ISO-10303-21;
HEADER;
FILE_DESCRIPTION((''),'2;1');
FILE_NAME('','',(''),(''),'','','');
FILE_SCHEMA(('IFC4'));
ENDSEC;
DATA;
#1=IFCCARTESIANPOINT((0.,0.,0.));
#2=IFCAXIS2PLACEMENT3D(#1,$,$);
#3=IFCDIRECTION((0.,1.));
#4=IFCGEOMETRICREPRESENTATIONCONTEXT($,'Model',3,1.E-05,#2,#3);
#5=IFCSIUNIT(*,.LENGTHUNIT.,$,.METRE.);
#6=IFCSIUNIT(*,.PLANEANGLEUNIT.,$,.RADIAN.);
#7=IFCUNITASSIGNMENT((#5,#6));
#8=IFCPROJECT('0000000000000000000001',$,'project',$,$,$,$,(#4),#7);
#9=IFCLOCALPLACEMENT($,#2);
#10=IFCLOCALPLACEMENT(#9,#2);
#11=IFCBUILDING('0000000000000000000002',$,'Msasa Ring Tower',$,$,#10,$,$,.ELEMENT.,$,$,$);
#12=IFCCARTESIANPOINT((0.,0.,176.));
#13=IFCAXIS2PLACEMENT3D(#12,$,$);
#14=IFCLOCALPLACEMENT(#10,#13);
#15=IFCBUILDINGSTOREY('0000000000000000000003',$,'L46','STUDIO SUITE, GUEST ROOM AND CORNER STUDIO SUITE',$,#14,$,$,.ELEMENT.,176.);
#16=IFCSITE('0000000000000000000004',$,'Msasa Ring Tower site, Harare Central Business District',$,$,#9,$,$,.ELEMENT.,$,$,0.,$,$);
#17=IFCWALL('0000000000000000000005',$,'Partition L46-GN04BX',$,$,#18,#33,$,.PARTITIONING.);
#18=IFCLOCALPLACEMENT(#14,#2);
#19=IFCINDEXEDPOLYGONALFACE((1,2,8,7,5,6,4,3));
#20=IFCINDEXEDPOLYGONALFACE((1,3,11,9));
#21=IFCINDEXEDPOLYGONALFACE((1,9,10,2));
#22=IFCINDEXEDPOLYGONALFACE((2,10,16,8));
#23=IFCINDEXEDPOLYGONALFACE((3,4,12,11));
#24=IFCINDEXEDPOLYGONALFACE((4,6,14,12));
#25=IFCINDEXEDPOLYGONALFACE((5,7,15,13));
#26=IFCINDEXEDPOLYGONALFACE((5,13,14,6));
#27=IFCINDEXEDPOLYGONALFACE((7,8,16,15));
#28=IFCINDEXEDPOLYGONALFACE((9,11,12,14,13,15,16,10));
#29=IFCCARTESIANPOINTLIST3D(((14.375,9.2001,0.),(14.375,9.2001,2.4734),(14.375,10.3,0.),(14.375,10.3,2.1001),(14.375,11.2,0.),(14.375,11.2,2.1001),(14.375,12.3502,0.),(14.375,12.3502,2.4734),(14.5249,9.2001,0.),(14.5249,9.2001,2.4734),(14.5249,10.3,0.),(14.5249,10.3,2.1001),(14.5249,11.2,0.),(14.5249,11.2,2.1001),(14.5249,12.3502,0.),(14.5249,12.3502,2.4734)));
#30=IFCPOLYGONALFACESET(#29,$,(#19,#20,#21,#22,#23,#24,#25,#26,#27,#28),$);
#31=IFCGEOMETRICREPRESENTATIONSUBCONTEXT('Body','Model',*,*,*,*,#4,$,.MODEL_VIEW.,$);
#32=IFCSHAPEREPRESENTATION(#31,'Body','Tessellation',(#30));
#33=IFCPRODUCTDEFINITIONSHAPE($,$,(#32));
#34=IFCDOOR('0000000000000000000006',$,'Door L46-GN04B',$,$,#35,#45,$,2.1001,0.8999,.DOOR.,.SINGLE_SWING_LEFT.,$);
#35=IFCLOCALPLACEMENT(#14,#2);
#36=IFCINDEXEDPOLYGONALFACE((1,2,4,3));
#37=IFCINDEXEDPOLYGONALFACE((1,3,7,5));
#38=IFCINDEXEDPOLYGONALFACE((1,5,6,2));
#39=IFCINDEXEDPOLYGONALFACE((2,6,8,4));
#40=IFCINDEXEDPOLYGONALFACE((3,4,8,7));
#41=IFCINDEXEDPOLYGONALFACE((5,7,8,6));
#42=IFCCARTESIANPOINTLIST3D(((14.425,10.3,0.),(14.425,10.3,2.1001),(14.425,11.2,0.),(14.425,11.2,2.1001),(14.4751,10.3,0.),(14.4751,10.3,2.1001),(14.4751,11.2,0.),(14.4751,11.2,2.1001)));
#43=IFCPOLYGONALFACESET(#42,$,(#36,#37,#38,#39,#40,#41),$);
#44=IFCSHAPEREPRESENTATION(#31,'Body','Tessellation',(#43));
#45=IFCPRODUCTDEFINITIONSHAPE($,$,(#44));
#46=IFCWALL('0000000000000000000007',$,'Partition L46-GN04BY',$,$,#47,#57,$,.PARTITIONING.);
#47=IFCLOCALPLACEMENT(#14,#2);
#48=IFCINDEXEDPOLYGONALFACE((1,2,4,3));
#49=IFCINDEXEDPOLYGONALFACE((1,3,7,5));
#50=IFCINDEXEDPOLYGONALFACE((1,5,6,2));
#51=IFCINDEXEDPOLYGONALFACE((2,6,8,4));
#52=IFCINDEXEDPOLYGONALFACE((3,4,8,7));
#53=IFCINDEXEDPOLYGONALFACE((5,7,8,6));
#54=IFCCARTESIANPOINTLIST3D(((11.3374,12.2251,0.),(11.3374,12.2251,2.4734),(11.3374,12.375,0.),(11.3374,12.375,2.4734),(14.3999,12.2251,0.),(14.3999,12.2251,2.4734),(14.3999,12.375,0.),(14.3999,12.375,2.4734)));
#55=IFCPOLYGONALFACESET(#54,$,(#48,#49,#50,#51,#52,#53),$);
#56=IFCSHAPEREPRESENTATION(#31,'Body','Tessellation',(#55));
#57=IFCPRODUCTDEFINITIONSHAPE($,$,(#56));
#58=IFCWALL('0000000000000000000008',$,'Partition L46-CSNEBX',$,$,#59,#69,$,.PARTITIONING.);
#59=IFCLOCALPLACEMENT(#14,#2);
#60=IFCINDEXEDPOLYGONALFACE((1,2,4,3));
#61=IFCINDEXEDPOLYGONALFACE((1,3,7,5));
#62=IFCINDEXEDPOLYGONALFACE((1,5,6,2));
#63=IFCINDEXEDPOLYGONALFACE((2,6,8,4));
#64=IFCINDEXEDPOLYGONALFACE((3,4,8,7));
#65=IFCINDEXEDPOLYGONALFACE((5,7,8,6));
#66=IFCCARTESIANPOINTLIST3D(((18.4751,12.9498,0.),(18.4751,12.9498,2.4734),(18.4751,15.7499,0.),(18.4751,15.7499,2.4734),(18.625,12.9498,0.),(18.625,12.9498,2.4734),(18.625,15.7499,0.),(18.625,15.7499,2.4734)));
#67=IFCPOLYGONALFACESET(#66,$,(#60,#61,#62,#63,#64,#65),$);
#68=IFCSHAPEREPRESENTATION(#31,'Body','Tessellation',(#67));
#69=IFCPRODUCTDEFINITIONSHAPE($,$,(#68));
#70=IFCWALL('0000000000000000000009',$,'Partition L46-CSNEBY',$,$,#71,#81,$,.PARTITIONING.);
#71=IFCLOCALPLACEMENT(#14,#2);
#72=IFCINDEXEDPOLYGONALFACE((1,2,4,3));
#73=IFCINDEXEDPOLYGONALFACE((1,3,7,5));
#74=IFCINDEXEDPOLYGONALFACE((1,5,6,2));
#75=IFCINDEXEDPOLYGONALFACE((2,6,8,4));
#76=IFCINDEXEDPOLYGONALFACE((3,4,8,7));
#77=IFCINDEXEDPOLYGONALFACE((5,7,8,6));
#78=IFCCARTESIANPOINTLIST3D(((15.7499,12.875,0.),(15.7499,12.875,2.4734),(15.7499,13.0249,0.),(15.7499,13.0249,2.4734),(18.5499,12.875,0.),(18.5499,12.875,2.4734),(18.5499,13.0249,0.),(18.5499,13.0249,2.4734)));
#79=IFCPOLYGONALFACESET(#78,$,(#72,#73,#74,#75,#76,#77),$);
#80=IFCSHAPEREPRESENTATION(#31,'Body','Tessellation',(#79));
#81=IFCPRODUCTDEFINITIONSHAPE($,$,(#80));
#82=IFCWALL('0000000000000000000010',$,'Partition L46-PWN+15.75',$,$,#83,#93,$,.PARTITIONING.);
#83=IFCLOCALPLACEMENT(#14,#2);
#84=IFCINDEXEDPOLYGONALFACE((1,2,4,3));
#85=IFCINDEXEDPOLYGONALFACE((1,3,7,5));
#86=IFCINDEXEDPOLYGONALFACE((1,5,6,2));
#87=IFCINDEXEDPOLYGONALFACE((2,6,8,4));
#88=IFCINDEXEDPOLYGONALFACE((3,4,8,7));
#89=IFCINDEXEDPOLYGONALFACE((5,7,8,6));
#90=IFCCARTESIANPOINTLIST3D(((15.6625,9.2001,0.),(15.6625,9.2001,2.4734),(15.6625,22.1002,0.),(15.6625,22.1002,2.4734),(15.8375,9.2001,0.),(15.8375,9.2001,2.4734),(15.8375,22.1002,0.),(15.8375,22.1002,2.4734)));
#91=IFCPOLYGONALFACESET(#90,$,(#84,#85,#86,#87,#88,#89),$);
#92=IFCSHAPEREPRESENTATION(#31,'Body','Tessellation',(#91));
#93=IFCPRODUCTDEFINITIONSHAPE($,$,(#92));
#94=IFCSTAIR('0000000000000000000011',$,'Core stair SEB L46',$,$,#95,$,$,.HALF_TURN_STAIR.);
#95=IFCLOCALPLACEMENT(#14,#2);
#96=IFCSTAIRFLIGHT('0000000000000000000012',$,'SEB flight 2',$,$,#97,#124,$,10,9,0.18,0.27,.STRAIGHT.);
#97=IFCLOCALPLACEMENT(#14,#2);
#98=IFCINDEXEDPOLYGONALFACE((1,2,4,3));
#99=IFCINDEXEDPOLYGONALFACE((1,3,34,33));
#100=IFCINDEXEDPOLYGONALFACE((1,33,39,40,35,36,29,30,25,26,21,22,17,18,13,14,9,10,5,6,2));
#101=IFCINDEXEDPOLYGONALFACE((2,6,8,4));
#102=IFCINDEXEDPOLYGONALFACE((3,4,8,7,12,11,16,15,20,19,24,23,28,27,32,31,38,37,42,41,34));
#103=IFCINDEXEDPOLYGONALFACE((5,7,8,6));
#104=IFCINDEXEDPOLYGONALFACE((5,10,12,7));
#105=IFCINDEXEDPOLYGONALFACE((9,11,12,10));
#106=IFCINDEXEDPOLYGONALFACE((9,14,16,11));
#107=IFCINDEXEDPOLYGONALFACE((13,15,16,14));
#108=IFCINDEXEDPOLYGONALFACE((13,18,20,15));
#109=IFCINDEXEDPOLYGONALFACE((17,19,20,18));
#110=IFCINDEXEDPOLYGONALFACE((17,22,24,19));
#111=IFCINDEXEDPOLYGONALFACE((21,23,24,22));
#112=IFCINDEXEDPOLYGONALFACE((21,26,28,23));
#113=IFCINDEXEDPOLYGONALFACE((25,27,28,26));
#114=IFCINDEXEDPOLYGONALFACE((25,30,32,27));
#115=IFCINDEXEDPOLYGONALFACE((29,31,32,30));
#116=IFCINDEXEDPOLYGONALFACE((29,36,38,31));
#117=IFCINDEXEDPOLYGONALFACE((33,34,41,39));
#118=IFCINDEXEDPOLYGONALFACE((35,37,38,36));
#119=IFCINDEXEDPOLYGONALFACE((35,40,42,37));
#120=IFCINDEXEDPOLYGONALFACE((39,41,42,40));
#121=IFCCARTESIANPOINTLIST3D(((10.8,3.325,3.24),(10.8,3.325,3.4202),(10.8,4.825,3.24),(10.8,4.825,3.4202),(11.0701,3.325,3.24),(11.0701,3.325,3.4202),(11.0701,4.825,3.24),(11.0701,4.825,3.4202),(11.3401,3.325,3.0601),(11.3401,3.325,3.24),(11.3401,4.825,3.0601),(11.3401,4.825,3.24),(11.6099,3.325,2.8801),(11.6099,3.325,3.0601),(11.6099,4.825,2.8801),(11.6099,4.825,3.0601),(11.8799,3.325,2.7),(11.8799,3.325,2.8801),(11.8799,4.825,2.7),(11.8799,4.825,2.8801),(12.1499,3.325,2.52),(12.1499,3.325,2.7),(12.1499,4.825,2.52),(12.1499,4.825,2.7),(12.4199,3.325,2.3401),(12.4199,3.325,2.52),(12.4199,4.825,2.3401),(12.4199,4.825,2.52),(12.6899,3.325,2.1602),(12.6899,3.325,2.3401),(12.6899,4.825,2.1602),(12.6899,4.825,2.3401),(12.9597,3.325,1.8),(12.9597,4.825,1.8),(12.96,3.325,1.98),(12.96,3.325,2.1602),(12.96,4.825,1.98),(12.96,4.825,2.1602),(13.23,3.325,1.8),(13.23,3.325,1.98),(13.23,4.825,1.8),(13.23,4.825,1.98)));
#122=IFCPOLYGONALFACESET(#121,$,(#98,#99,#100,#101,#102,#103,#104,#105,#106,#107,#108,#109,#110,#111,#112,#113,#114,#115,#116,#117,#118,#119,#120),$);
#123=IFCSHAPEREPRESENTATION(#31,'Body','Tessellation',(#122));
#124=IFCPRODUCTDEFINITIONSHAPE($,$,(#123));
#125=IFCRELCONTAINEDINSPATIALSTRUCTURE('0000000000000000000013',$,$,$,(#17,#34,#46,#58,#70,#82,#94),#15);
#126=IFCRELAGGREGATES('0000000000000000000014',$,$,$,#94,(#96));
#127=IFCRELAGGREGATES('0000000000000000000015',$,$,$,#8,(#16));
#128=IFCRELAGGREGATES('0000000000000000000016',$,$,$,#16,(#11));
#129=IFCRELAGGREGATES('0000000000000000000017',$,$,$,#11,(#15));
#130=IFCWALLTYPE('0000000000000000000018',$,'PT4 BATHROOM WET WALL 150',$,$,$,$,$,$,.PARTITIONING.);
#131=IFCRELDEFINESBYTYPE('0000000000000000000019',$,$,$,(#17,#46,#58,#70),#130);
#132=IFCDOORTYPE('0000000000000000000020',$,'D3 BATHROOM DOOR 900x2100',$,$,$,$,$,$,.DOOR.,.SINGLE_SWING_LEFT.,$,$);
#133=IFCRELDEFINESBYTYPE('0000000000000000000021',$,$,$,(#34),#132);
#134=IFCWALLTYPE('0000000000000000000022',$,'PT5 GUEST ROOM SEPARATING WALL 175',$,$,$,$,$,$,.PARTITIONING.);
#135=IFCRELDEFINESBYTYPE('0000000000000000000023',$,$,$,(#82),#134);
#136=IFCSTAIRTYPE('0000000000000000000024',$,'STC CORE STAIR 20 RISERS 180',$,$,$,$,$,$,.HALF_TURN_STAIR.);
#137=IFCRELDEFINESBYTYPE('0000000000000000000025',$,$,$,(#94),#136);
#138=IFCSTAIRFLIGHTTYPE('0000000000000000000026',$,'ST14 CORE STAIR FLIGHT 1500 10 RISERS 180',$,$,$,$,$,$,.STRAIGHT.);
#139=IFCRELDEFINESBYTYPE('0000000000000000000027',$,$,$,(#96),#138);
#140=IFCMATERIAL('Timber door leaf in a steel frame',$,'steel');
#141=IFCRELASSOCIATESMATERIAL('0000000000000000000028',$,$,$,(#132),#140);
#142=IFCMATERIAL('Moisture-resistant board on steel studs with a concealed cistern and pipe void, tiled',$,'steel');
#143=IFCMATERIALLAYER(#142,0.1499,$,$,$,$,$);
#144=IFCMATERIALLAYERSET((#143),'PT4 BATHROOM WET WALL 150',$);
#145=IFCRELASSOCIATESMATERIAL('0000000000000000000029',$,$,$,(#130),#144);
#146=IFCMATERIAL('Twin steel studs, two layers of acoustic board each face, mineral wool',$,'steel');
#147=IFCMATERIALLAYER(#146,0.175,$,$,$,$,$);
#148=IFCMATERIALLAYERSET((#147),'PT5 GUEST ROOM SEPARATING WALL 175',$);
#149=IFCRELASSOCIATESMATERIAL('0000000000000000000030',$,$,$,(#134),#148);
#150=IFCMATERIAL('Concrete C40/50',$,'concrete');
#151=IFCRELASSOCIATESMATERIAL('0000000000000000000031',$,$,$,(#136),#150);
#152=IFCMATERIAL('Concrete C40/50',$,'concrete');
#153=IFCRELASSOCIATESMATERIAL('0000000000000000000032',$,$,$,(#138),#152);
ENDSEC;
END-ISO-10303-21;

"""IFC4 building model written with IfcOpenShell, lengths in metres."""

from ifc_helpers import new_model, si_unit, direction, frame, frame_2d, origin, place, context, subcontext, project, spatial, polyline, rectangle, outline, extrude, material, layer, layer_set, type_object, element, fill, aggregate, save


model = new_model("IFC4")

# Units and contexts
model_context = context("Model", 3, precision=1e-05, world=origin(), true_north=direction((0.0, 1.0)))
body_context = subcontext(model_context, "Body", "Model", "MODEL_VIEW")
ifc_project = project(units=[si_unit("LENGTHUNIT", "METRE"), si_unit("PLANEANGLEUNIT", "RADIAN")], contexts=[model_context])

# Site, building, storey
site_placement = place(None, origin())
site = spatial("IfcSite", under=ifc_project, at=site_placement, Name="Msasa Ring Tower site, Harare Central Business District", CompositionType="ELEMENT", RefElevation=0.0)
building_placement = place(site_placement, origin())
building = spatial("IfcBuilding", under=site, at=building_placement, Name="Msasa Ring Tower", CompositionType="ELEMENT")
storey_placement = place(building_placement, frame((0.0, 0.0, 176.0)))
storey = spatial("IfcBuildingStorey", under=building, at=storey_placement, Name="L46", Description="STUDIO SUITE, GUEST ROOM AND CORNER STUDIO SUITE", CompositionType="ELEMENT", Elevation=176.0)

# Shared definitions
ifc_material_1 = material(Name="Timber door leaf in a steel frame", Category="steel")
door_type_1 = type_object("IfcDoorType", Name="D3 BATHROOM DOOR 900x2100", OperationType="SINGLE_SWING_LEFT", PredefinedType="DOOR", material=ifc_material_1)

# Wall, opening, door
ifc_material_2 = material(Name="Moisture-resistant board on steel studs with a concealed cistern and pipe void, tiled", Category="steel")
ifc_layer_1 = layer(ifc_material_2, 0.1499)
ifc_layer_set_1 = layer_set([ifc_layer_1], Name="PT4 BATHROOM WET WALL 150")
wall_type_1 = type_object("IfcWallType", Name="PT4 BATHROOM WET WALL 150", PredefinedType="PARTITIONING", material=ifc_layer_set_1)
wall_1_placement = place(storey_placement, frame((14.45, 9.2, 0.0), z_axis=(0.0, 0.0, 1.0), x_axis=(0.0, 1.0, 0.0)))
wall_1 = element("IfcWall", 1, at=wall_1_placement, inside=storey, type_object=wall_type_1, Name="Partition L46-GN04BX", PredefinedType="PARTITIONING", context=body_context, shape_type="SweptSolid", body=[
    extrude(rectangle(XDim=3.1501, YDim=0.1499, at=frame_2d((1.5752, 0.0))), origin(), (0.0, 0.0, 1.0), 2.4734),
])
opening_1_placement = place(wall_1_placement, frame((1.1001, 0.0, 0.0)))
opening_1 = element("IfcOpeningElement", 2, at=opening_1_placement, cuts=wall_1, PredefinedType="OPENING", context=body_context, shape_type="SweptSolid", body=[
    extrude(rectangle(XDim=0.8999, YDim=2.1001, at=frame_2d((0.45, 1.05))), frame((0.0, 0.085, 0.0), z_axis=(0.0, -1.0, 0.0), x_axis=(1.0, 0.0, 0.0)), (0.0, 0.0, 1.0), 0.1699),
])
door_1_placement = place(opening_1_placement, origin())
door_1 = element("IfcDoor", 3, at=door_1_placement, inside=storey, type_object=door_type_1, Name="Door L46-GN04B", OperationType="SINGLE_SWING_LEFT", OverallHeight=2.1001, OverallWidth=0.8999, PredefinedType="DOOR", context=body_context, shape_type="SweptSolid", body=[
    extrude(rectangle(XDim=0.8999, YDim=2.1001, at=frame_2d((0.45, 1.05))), frame((0.0, 0.0249, 0.0), z_axis=(0.0, -1.0, 0.0), x_axis=(1.0, 0.0, 0.0)), (0.0, 0.0, 1.0), 0.05),
])
fill(opening_1, door_1)

# Walls
wall_2_placement = place(storey_placement, frame((11.3374, 12.3, 0.0), z_axis=(0.0, 0.0, 1.0), x_axis=(1.0, 0.0, 0.0)))
element("IfcWall", 4, at=wall_2_placement, inside=storey, type_object=wall_type_1, Name="Partition L46-GN04BY", PredefinedType="PARTITIONING", context=body_context, shape_type="SweptSolid", body=[
    extrude(rectangle(XDim=3.0625, YDim=0.1499, at=frame_2d((1.5312, 0.0))), origin(), (0.0, 0.0, 1.0), 2.4734),
])
for number, where, z_axis, x_axis, name in (
    (5, (18.55, 12.95, 0.0), (0.0, 0.0, 1.0), (0.0, 1.0, 0.0), "Partition L46-CSNEBX"),
    (6, (15.75, 12.95, 0.0), (0.0, 0.0, 1.0), (1.0, 0.0, 0.0), "Partition L46-CSNEBY"),
):
    element("IfcWall", number, at=place(storey_placement, frame(where, z_axis=z_axis, x_axis=x_axis)), inside=storey, type_object=wall_type_1, Name=name, PredefinedType="PARTITIONING", context=body_context, shape_type="SweptSolid", body=[
        extrude(rectangle(XDim=2.8, YDim=0.1499, at=frame_2d((1.3999, 0.0))), origin(), (0.0, 0.0, 1.0), 2.4734),
    ])
ifc_material_3 = material(Name="Twin steel studs, two layers of acoustic board each face, mineral wool", Category="steel")
ifc_layer_2 = layer(ifc_material_3, 0.175)
ifc_layer_set_2 = layer_set([ifc_layer_2], Name="PT5 GUEST ROOM SEPARATING WALL 175")
wall_type_2 = type_object("IfcWallType", Name="PT5 GUEST ROOM SEPARATING WALL 175", PredefinedType="PARTITIONING", material=ifc_layer_set_2)
wall_3_placement = place(storey_placement, frame((15.75, 9.2, 0.0), z_axis=(0.0, 0.0, 1.0), x_axis=(0.0, 1.0, 0.0)))
element("IfcWall", 7, at=wall_3_placement, inside=storey, type_object=wall_type_2, Name="Partition L46-PWN+15.75", PredefinedType="PARTITIONING", context=body_context, shape_type="SweptSolid", body=[
    extrude(rectangle(XDim=12.9001, YDim=0.175, at=frame_2d((6.4502, 0.0))), origin(), (0.0, 0.0, 1.0), 2.4734),
])

# Stair, stair flight
ifc_material_4 = material(Name="Concrete C40/50", Category="concrete")
stair_type = type_object("IfcStairType", Name="STC CORE STAIR 20 RISERS 180", PredefinedType="HALF_TURN_STAIR", material=ifc_material_4)
stair_placement = place(storey_placement, origin())
stair = element("IfcStair", 8, at=stair_placement, inside=storey, type_object=stair_type, Name="Core stair SEB L46", PredefinedType="HALF_TURN_STAIR")
ifc_material_5 = material(Name="Concrete C40/50", Category="concrete")
stair_flight_type = type_object("IfcStairFlightType", Name="ST14 CORE STAIR FLIGHT 1500 10 RISERS 180", PredefinedType="STRAIGHT", material=ifc_material_5)
stair_flight_placement = place(storey_placement, frame((13.23, 4.075, 1.8), z_axis=(0.0, 0.0, 1.0), x_axis=(-1.0, 0.0, 0.0)))
stair_flight = element("IfcStairFlight", 9, at=stair_flight_placement, type_object=stair_flight_type, Name="SEB flight 2", NumberOfRisers=10, NumberOfTreads=9, PredefinedType="STRAIGHT", RiserHeight=0.18, TreadLength=0.27, context=body_context, shape_type="SweptSolid", body=[
    extrude(outline(polyline([(0.0, 0.0), (0.0, 0.1799), (0.27, 0.1799), (0.27, 0.3601), (0.54, 0.3601), (0.54, 0.54), (0.8101, 0.54), (0.8101, 0.72), (1.0801, 0.72), (1.0801, 0.8999), (1.3501, 0.8999), (1.3501, 1.0801), (1.6201, 1.0801), (1.6201, 1.26), (1.8899, 1.26), (1.8899, 1.4399), (2.1599, 1.4399), (2.1599, 1.6201), (2.4299, 1.6201), (2.4299, 1.8), (2.4299, 1.4399), (0.2703, 0.0), (0.0, 0.0)])), frame((0.0, 0.75, 0.0), z_axis=(0.0, -1.0, 0.0), x_axis=(1.0, 0.0, 0.0)), (0.0, 0.0, 1.0), 1.5),
])
aggregate(stair, [stair_flight])

save(model, "model.ifc")
